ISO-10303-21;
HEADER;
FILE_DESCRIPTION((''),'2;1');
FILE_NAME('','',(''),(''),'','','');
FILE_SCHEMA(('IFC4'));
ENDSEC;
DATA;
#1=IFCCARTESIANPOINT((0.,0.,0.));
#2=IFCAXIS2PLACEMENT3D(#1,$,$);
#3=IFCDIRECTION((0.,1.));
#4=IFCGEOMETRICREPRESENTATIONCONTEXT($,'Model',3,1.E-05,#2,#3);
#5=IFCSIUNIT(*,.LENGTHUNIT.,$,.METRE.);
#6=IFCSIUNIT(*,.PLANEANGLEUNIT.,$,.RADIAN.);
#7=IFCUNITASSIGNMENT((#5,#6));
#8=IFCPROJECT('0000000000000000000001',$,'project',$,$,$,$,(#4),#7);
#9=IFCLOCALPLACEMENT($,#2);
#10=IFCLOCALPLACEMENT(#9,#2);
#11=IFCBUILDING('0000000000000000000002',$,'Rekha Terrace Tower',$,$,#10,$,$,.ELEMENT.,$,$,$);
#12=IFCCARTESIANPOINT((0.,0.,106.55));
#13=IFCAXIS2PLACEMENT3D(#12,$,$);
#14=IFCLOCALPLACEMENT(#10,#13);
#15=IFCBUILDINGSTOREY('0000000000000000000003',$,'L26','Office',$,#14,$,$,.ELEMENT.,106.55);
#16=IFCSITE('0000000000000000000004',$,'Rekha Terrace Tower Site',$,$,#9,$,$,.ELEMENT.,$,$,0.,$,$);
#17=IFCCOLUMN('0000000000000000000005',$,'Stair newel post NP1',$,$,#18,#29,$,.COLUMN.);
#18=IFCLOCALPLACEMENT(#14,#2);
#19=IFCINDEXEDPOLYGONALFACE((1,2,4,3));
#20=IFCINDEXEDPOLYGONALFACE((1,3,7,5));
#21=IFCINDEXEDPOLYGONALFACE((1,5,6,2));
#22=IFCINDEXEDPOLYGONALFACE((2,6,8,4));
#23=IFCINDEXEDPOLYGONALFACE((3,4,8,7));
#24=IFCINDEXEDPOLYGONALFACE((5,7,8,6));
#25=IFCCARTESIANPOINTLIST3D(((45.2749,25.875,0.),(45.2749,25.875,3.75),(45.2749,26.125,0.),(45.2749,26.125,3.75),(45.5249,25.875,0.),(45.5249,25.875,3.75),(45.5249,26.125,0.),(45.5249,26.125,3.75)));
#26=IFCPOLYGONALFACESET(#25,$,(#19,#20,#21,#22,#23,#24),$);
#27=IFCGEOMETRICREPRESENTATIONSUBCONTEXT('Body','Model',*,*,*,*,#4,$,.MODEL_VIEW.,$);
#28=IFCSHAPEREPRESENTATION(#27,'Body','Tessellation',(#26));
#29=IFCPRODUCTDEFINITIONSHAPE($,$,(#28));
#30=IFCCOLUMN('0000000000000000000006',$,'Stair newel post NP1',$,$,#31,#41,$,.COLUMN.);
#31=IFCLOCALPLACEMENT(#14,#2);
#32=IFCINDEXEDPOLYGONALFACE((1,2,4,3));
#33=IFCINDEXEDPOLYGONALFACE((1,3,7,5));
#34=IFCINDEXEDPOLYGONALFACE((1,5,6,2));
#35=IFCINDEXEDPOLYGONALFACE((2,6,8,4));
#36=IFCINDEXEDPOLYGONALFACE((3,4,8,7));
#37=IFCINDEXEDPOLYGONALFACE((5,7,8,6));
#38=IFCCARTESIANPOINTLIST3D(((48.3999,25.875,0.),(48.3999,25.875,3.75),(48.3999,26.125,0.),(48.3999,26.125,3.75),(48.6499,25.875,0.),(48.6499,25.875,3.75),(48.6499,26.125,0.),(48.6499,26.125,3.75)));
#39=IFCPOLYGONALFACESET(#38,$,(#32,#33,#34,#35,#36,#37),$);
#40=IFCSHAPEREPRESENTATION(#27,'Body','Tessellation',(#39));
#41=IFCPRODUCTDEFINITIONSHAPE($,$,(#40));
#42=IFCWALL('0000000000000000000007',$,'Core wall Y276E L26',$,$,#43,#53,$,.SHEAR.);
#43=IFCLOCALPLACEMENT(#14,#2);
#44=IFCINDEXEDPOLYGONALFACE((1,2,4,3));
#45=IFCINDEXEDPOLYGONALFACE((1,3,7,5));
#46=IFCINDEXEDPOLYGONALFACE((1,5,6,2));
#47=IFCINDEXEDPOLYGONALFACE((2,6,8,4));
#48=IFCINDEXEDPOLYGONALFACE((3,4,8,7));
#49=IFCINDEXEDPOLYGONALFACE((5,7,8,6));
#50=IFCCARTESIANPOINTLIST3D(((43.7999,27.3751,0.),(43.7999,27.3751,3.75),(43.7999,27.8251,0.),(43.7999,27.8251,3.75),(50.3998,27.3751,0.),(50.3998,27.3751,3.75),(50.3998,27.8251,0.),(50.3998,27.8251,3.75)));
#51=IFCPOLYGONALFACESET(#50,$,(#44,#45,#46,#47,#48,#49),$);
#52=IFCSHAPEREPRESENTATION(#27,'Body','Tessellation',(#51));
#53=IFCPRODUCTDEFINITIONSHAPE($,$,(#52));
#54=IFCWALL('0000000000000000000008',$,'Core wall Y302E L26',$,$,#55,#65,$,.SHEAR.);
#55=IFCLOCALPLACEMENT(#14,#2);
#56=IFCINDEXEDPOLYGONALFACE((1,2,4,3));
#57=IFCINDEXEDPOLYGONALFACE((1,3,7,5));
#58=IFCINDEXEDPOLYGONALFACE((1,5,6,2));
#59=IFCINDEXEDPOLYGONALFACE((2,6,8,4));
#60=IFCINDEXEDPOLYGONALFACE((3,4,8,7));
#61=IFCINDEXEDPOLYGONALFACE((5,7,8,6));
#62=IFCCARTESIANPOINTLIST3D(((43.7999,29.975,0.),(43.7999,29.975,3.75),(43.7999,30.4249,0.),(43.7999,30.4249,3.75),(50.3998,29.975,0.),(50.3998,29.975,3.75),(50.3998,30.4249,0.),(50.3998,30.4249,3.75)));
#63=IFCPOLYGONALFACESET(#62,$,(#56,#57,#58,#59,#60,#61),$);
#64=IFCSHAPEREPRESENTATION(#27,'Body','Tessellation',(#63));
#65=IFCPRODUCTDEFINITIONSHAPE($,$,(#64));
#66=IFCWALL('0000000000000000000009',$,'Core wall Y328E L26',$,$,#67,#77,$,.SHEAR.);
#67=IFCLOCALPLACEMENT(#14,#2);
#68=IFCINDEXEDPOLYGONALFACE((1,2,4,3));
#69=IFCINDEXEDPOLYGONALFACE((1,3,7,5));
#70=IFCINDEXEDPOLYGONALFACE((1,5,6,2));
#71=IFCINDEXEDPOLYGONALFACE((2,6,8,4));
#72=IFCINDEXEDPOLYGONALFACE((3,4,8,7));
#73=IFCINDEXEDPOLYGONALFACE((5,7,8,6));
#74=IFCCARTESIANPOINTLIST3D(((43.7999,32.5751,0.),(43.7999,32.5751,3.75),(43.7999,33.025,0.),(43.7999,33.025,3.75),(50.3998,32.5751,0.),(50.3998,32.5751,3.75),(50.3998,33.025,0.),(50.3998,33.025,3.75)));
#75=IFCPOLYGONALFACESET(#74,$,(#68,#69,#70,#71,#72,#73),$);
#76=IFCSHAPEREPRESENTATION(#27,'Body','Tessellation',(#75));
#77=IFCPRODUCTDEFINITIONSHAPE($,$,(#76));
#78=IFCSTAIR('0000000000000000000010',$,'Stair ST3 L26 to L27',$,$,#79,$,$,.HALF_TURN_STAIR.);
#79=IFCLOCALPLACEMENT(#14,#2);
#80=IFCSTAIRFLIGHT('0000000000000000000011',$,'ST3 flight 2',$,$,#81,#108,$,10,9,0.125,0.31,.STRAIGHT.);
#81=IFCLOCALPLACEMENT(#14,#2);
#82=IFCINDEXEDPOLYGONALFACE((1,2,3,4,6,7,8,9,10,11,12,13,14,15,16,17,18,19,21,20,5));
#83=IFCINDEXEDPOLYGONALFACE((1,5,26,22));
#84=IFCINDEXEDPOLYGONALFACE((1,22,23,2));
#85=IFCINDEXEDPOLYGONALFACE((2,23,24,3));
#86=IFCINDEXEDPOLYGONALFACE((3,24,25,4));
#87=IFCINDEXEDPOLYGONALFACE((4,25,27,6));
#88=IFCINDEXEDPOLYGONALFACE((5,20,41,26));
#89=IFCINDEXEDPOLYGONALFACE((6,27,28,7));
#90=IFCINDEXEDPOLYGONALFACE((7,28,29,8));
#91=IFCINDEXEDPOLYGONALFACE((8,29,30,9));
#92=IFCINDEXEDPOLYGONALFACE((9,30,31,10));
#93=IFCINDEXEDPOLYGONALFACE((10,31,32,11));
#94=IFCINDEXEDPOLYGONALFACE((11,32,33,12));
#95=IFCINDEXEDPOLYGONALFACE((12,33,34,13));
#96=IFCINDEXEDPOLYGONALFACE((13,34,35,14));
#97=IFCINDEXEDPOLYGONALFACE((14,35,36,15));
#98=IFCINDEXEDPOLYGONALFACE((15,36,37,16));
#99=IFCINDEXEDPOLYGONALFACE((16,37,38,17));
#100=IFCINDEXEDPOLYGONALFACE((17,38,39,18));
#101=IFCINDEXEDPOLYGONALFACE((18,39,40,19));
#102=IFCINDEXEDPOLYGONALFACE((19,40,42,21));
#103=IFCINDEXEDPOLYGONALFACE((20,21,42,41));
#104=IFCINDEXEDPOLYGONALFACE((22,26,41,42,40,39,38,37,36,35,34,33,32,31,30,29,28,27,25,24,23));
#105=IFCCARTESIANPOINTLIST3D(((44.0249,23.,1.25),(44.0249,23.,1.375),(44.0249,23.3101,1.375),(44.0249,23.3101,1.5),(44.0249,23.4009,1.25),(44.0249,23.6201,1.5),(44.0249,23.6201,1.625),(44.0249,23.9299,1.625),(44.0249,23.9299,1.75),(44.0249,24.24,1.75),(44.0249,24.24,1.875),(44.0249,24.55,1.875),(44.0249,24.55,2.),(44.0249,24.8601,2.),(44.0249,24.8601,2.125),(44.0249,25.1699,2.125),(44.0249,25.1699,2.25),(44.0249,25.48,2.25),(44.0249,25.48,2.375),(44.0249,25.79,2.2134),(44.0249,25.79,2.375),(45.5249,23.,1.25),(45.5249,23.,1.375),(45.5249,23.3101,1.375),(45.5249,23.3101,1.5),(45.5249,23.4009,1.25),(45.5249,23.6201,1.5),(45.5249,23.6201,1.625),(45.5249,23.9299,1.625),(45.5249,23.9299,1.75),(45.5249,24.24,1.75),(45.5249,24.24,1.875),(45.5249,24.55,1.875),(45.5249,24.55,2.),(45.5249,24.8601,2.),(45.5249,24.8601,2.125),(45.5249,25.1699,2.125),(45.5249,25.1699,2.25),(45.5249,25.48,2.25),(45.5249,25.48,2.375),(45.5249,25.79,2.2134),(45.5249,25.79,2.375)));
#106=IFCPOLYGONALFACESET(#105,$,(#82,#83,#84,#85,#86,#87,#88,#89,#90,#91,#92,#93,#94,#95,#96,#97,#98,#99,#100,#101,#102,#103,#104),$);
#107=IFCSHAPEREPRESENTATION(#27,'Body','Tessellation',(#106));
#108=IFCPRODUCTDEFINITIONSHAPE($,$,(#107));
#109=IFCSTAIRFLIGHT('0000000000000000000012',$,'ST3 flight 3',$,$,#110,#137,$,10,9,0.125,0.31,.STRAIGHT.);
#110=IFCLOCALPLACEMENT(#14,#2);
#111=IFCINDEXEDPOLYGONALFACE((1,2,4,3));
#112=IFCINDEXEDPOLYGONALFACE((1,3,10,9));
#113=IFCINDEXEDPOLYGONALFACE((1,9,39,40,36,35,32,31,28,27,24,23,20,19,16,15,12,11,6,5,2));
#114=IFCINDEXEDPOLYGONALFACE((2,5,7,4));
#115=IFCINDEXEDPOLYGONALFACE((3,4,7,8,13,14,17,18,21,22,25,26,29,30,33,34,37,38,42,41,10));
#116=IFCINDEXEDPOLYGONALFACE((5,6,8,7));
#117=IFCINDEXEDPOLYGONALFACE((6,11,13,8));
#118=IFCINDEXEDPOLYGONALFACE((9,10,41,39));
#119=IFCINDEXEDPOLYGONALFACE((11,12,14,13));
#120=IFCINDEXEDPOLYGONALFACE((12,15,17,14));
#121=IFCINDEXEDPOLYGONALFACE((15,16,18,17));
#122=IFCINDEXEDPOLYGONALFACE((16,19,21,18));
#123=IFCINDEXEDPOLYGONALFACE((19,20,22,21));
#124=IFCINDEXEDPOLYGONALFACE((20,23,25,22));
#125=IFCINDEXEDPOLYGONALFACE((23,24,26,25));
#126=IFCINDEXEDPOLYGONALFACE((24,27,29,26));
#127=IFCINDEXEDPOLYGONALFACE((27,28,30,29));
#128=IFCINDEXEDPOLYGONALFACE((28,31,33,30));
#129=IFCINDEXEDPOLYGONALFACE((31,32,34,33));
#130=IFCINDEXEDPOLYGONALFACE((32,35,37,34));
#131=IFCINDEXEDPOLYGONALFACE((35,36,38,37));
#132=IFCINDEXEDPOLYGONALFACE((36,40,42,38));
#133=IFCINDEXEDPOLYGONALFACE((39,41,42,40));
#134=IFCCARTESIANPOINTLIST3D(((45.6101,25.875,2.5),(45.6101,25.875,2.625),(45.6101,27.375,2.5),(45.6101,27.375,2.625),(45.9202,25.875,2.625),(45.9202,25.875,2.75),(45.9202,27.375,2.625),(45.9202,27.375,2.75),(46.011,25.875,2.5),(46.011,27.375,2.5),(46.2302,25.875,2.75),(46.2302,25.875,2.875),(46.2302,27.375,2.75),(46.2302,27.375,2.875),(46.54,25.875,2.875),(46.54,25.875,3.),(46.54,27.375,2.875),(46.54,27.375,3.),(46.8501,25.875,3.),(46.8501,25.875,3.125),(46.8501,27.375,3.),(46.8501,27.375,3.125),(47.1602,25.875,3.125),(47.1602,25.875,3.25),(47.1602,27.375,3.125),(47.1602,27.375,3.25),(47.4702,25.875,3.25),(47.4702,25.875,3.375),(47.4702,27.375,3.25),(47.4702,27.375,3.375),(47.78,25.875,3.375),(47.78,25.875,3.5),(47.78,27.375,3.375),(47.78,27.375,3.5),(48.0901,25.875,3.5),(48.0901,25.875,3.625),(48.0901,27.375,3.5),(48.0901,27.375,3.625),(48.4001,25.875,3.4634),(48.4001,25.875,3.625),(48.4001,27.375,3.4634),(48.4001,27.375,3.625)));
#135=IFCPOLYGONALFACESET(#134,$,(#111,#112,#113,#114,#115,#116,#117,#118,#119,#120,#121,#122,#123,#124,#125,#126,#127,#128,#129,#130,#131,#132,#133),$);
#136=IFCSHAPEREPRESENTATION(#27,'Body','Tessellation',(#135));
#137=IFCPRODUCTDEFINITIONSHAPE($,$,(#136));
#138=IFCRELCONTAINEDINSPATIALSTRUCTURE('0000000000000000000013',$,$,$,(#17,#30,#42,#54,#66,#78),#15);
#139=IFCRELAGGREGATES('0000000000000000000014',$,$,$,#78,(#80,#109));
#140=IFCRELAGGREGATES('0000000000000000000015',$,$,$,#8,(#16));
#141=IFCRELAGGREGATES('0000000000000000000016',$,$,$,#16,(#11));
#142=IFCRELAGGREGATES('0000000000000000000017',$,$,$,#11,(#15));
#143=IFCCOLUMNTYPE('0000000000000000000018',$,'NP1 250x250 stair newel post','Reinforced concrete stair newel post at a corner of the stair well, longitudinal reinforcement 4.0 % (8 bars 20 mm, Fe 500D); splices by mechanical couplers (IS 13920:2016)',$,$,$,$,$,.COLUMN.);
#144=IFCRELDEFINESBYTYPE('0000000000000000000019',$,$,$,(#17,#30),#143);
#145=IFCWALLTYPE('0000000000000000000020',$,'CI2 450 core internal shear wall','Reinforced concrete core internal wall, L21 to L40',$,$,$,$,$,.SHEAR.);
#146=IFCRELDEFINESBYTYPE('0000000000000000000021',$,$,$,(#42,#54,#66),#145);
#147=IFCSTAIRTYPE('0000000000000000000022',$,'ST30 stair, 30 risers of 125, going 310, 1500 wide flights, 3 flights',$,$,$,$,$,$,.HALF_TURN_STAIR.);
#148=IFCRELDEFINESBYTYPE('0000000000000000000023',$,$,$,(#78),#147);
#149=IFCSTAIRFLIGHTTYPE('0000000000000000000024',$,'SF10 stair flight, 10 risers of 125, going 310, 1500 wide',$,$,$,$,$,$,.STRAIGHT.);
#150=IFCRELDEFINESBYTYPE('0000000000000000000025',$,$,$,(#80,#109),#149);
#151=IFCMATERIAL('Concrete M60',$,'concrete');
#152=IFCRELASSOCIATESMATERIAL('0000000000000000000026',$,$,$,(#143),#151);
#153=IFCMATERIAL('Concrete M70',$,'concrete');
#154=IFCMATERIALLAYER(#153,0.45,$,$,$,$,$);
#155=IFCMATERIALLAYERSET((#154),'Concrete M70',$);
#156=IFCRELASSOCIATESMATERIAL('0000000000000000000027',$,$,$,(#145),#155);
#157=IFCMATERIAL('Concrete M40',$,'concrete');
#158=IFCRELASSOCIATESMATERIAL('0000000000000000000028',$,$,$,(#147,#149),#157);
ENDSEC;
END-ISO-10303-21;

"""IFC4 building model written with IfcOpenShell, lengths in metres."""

from ifc_helpers import new_model, si_unit, direction, frame, frame_2d, origin, origin_2d, place, context, subcontext, project, spatial, polyline, rectangle, outline, extrude, material, layer, layer_set, material_profile, profile_set, type_object, element, aggregate, save


model = new_model("IFC4")

# Units and contexts
model_context = context("Model", 3, precision=1e-05, world=origin(), true_north=direction((0.0, 1.0)))
body_context = subcontext(model_context, "Body", "Model", "MODEL_VIEW")
ifc_project = project(units=[si_unit("LENGTHUNIT", "METRE"), si_unit("PLANEANGLEUNIT", "RADIAN")], contexts=[model_context])

# Site, building, storey
site_placement = place(None, origin())
site = spatial("IfcSite", under=ifc_project, at=site_placement, Name="Rekha Terrace Tower Site", CompositionType="ELEMENT", RefElevation=0.0)
building_placement = place(site_placement, origin())
building = spatial("IfcBuilding", under=site, at=building_placement, Name="Rekha Terrace Tower", CompositionType="ELEMENT")
storey_placement = place(building_placement, frame((0.0, 0.0, 106.55)))
storey = spatial("IfcBuildingStorey", under=building, at=storey_placement, Name="L26", Description="Office", CompositionType="ELEMENT", Elevation=106.55)

# Columns
ifc_material_1 = material(Name="Concrete M60", Category="concrete")
ifc_material_profile = material_profile(ifc_material_1, rectangle(XDim=0.25, YDim=0.25, at=origin_2d()), Name="RC 250x250")
ifc_profile_set = profile_set([ifc_material_profile], Name="Concrete M60")
column_type = type_object("IfcColumnType", Name="NP1 250x250 stair newel post", Description="Reinforced concrete stair newel post at a corner of the stair well, longitudinal reinforcement 4.0 % (8 bars 20 mm, Fe 500D); splices by mechanical couplers (IS 13920:2016)", PredefinedType="COLUMN", material=ifc_profile_set)
for number, where, z_axis, x_axis, name in (
    (1, (45.3999, 26.0, 0.0), (0.0, 0.0, 1.0), (1.0, 0.0, 0.0), "Stair newel post NP1"),
    (2, (48.5249, 26.0, 0.0), (0.0, 0.0, 1.0), (1.0, 0.0, 0.0), "Stair newel post NP1"),
):
    element("IfcColumn", number, at=place(storey_placement, frame(where, z_axis=z_axis, x_axis=x_axis)), inside=storey, type_object=column_type, Name=name, PredefinedType="COLUMN", context=body_context, shape_type="SweptSolid", body=[
        extrude(rectangle(XDim=0.25, YDim=0.25, at=origin_2d()), origin(), (0.0, 0.0, 1.0), 3.75),
    ])

# Walls
ifc_material_2 = material(Name="Concrete M70", Category="concrete")
ifc_layer = layer(ifc_material_2, 0.45)
ifc_layer_set = layer_set([ifc_layer], Name="Concrete M70")
wall_type = type_object("IfcWallType", Name="CI2 450 core internal shear wall", Description="Reinforced concrete core internal wall, L21 to L40", PredefinedType="SHEAR", material=ifc_layer_set)
for number, where, z_axis, x_axis, name in (
    (3, (43.8, 27.6001, 0.0), (0.0, 0.0, 1.0), (1.0, 0.0, 0.0), "Core wall Y276E L26"),
    (4, (43.8, 30.2, 0.0), (0.0, 0.0, 1.0), (1.0, 0.0, 0.0), "Core wall Y302E L26"),
    (5, (43.8, 32.8, 0.0), (0.0, 0.0, 1.0), (1.0, 0.0, 0.0), "Core wall Y328E L26"),
):
    element("IfcWall", number, at=place(storey_placement, frame(where, z_axis=z_axis, x_axis=x_axis)), inside=storey, type_object=wall_type, Name=name, PredefinedType="SHEAR", context=body_context, shape_type="SweptSolid", body=[
        extrude(rectangle(XDim=6.5999, YDim=0.45, at=frame_2d((3.2998, 0.0))), origin(), (0.0, 0.0, 1.0), 3.75),
    ])

# Stair, stair flights
ifc_material_3 = material(Name="Concrete M40", Category="concrete")
stair_type = type_object("IfcStairType", Name="ST30 stair, 30 risers of 125, going 310, 1500 wide flights, 3 flights", PredefinedType="HALF_TURN_STAIR", material=ifc_material_3)
stair_placement = place(storey_placement, origin())
stair = element("IfcStair", 6, at=stair_placement, inside=storey, type_object=stair_type, Name="Stair ST3 L26 to L27", PredefinedType="HALF_TURN_STAIR")
stair_flight_type = type_object("IfcStairFlightType", Name="SF10 stair flight, 10 risers of 125, going 310, 1500 wide", PredefinedType="STRAIGHT", material=ifc_material_3)
stair_flight_1_placement = place(storey_placement, frame((44.7749, 23.0, 1.25), z_axis=(0.0, 0.0, 1.0), x_axis=(0.0, 1.0, 0.0)))
stair_flight_1 = element("IfcStairFlight", 7, at=stair_flight_1_placement, type_object=stair_flight_type, Name="ST3 flight 2", NumberOfRisers=10, NumberOfTreads=9, PredefinedType="STRAIGHT", RiserHeight=0.125, TreadLength=0.31, context=body_context, shape_type="SweptSolid", body=[
    extrude(outline(polyline([(0.0, 0.0), (0.0, 0.125), (0.3101, 0.125), (0.3101, 0.25), (0.6201, 0.25), (0.6201, 0.375), (0.9299, 0.375), (0.9299, 0.5), (1.24, 0.5), (1.24, 0.625), (1.55, 0.625), (1.55, 0.75), (1.8601, 0.75), (1.8601, 0.875), (2.1699, 0.875), (2.1699, 1.0), (2.48, 1.0), (2.48, 1.125), (2.79, 1.125), (2.79, 1.25), (2.79, 0.9634), (0.4009, 0.0), (0.0, 0.0)])), frame((0.0, 0.75, 0.0), z_axis=(0.0, -1.0, 0.0), x_axis=(1.0, 0.0, 0.0)), (0.0, 0.0, 1.0), 1.5),
])
stair_flight_2_placement = place(storey_placement, frame((45.6101, 26.625, 2.5), z_axis=(0.0, 0.0, 1.0), x_axis=(1.0, 0.0, 0.0)))
stair_flight_2 = element("IfcStairFlight", 8, at=stair_flight_2_placement, type_object=stair_flight_type, Name="ST3 flight 3", NumberOfRisers=10, NumberOfTreads=9, PredefinedType="STRAIGHT", RiserHeight=0.125, TreadLength=0.31, context=body_context, shape_type="SweptSolid", body=[
    extrude(outline(polyline([(0.0, 0.0), (0.0, 0.125), (0.3101, 0.125), (0.3101, 0.25), (0.6201, 0.25), (0.6201, 0.375), (0.9299, 0.375), (0.9299, 0.5), (1.24, 0.5), (1.24, 0.625), (1.55, 0.625), (1.55, 0.75), (1.8601, 0.75), (1.8601, 0.875), (2.1699, 0.875), (2.1699, 1.0), (2.48, 1.0), (2.48, 1.125), (2.79, 1.125), (2.79, 1.25), (2.79, 0.9634), (0.4009, 0.0), (0.0, 0.0)])), frame((0.0, 0.75, 0.0), z_axis=(0.0, -1.0, 0.0), x_axis=(1.0, 0.0, 0.0)), (0.0, 0.0, 1.0), 1.5),
])
aggregate(stair, [stair_flight_1, stair_flight_2])

save(model, "model.ifc")
